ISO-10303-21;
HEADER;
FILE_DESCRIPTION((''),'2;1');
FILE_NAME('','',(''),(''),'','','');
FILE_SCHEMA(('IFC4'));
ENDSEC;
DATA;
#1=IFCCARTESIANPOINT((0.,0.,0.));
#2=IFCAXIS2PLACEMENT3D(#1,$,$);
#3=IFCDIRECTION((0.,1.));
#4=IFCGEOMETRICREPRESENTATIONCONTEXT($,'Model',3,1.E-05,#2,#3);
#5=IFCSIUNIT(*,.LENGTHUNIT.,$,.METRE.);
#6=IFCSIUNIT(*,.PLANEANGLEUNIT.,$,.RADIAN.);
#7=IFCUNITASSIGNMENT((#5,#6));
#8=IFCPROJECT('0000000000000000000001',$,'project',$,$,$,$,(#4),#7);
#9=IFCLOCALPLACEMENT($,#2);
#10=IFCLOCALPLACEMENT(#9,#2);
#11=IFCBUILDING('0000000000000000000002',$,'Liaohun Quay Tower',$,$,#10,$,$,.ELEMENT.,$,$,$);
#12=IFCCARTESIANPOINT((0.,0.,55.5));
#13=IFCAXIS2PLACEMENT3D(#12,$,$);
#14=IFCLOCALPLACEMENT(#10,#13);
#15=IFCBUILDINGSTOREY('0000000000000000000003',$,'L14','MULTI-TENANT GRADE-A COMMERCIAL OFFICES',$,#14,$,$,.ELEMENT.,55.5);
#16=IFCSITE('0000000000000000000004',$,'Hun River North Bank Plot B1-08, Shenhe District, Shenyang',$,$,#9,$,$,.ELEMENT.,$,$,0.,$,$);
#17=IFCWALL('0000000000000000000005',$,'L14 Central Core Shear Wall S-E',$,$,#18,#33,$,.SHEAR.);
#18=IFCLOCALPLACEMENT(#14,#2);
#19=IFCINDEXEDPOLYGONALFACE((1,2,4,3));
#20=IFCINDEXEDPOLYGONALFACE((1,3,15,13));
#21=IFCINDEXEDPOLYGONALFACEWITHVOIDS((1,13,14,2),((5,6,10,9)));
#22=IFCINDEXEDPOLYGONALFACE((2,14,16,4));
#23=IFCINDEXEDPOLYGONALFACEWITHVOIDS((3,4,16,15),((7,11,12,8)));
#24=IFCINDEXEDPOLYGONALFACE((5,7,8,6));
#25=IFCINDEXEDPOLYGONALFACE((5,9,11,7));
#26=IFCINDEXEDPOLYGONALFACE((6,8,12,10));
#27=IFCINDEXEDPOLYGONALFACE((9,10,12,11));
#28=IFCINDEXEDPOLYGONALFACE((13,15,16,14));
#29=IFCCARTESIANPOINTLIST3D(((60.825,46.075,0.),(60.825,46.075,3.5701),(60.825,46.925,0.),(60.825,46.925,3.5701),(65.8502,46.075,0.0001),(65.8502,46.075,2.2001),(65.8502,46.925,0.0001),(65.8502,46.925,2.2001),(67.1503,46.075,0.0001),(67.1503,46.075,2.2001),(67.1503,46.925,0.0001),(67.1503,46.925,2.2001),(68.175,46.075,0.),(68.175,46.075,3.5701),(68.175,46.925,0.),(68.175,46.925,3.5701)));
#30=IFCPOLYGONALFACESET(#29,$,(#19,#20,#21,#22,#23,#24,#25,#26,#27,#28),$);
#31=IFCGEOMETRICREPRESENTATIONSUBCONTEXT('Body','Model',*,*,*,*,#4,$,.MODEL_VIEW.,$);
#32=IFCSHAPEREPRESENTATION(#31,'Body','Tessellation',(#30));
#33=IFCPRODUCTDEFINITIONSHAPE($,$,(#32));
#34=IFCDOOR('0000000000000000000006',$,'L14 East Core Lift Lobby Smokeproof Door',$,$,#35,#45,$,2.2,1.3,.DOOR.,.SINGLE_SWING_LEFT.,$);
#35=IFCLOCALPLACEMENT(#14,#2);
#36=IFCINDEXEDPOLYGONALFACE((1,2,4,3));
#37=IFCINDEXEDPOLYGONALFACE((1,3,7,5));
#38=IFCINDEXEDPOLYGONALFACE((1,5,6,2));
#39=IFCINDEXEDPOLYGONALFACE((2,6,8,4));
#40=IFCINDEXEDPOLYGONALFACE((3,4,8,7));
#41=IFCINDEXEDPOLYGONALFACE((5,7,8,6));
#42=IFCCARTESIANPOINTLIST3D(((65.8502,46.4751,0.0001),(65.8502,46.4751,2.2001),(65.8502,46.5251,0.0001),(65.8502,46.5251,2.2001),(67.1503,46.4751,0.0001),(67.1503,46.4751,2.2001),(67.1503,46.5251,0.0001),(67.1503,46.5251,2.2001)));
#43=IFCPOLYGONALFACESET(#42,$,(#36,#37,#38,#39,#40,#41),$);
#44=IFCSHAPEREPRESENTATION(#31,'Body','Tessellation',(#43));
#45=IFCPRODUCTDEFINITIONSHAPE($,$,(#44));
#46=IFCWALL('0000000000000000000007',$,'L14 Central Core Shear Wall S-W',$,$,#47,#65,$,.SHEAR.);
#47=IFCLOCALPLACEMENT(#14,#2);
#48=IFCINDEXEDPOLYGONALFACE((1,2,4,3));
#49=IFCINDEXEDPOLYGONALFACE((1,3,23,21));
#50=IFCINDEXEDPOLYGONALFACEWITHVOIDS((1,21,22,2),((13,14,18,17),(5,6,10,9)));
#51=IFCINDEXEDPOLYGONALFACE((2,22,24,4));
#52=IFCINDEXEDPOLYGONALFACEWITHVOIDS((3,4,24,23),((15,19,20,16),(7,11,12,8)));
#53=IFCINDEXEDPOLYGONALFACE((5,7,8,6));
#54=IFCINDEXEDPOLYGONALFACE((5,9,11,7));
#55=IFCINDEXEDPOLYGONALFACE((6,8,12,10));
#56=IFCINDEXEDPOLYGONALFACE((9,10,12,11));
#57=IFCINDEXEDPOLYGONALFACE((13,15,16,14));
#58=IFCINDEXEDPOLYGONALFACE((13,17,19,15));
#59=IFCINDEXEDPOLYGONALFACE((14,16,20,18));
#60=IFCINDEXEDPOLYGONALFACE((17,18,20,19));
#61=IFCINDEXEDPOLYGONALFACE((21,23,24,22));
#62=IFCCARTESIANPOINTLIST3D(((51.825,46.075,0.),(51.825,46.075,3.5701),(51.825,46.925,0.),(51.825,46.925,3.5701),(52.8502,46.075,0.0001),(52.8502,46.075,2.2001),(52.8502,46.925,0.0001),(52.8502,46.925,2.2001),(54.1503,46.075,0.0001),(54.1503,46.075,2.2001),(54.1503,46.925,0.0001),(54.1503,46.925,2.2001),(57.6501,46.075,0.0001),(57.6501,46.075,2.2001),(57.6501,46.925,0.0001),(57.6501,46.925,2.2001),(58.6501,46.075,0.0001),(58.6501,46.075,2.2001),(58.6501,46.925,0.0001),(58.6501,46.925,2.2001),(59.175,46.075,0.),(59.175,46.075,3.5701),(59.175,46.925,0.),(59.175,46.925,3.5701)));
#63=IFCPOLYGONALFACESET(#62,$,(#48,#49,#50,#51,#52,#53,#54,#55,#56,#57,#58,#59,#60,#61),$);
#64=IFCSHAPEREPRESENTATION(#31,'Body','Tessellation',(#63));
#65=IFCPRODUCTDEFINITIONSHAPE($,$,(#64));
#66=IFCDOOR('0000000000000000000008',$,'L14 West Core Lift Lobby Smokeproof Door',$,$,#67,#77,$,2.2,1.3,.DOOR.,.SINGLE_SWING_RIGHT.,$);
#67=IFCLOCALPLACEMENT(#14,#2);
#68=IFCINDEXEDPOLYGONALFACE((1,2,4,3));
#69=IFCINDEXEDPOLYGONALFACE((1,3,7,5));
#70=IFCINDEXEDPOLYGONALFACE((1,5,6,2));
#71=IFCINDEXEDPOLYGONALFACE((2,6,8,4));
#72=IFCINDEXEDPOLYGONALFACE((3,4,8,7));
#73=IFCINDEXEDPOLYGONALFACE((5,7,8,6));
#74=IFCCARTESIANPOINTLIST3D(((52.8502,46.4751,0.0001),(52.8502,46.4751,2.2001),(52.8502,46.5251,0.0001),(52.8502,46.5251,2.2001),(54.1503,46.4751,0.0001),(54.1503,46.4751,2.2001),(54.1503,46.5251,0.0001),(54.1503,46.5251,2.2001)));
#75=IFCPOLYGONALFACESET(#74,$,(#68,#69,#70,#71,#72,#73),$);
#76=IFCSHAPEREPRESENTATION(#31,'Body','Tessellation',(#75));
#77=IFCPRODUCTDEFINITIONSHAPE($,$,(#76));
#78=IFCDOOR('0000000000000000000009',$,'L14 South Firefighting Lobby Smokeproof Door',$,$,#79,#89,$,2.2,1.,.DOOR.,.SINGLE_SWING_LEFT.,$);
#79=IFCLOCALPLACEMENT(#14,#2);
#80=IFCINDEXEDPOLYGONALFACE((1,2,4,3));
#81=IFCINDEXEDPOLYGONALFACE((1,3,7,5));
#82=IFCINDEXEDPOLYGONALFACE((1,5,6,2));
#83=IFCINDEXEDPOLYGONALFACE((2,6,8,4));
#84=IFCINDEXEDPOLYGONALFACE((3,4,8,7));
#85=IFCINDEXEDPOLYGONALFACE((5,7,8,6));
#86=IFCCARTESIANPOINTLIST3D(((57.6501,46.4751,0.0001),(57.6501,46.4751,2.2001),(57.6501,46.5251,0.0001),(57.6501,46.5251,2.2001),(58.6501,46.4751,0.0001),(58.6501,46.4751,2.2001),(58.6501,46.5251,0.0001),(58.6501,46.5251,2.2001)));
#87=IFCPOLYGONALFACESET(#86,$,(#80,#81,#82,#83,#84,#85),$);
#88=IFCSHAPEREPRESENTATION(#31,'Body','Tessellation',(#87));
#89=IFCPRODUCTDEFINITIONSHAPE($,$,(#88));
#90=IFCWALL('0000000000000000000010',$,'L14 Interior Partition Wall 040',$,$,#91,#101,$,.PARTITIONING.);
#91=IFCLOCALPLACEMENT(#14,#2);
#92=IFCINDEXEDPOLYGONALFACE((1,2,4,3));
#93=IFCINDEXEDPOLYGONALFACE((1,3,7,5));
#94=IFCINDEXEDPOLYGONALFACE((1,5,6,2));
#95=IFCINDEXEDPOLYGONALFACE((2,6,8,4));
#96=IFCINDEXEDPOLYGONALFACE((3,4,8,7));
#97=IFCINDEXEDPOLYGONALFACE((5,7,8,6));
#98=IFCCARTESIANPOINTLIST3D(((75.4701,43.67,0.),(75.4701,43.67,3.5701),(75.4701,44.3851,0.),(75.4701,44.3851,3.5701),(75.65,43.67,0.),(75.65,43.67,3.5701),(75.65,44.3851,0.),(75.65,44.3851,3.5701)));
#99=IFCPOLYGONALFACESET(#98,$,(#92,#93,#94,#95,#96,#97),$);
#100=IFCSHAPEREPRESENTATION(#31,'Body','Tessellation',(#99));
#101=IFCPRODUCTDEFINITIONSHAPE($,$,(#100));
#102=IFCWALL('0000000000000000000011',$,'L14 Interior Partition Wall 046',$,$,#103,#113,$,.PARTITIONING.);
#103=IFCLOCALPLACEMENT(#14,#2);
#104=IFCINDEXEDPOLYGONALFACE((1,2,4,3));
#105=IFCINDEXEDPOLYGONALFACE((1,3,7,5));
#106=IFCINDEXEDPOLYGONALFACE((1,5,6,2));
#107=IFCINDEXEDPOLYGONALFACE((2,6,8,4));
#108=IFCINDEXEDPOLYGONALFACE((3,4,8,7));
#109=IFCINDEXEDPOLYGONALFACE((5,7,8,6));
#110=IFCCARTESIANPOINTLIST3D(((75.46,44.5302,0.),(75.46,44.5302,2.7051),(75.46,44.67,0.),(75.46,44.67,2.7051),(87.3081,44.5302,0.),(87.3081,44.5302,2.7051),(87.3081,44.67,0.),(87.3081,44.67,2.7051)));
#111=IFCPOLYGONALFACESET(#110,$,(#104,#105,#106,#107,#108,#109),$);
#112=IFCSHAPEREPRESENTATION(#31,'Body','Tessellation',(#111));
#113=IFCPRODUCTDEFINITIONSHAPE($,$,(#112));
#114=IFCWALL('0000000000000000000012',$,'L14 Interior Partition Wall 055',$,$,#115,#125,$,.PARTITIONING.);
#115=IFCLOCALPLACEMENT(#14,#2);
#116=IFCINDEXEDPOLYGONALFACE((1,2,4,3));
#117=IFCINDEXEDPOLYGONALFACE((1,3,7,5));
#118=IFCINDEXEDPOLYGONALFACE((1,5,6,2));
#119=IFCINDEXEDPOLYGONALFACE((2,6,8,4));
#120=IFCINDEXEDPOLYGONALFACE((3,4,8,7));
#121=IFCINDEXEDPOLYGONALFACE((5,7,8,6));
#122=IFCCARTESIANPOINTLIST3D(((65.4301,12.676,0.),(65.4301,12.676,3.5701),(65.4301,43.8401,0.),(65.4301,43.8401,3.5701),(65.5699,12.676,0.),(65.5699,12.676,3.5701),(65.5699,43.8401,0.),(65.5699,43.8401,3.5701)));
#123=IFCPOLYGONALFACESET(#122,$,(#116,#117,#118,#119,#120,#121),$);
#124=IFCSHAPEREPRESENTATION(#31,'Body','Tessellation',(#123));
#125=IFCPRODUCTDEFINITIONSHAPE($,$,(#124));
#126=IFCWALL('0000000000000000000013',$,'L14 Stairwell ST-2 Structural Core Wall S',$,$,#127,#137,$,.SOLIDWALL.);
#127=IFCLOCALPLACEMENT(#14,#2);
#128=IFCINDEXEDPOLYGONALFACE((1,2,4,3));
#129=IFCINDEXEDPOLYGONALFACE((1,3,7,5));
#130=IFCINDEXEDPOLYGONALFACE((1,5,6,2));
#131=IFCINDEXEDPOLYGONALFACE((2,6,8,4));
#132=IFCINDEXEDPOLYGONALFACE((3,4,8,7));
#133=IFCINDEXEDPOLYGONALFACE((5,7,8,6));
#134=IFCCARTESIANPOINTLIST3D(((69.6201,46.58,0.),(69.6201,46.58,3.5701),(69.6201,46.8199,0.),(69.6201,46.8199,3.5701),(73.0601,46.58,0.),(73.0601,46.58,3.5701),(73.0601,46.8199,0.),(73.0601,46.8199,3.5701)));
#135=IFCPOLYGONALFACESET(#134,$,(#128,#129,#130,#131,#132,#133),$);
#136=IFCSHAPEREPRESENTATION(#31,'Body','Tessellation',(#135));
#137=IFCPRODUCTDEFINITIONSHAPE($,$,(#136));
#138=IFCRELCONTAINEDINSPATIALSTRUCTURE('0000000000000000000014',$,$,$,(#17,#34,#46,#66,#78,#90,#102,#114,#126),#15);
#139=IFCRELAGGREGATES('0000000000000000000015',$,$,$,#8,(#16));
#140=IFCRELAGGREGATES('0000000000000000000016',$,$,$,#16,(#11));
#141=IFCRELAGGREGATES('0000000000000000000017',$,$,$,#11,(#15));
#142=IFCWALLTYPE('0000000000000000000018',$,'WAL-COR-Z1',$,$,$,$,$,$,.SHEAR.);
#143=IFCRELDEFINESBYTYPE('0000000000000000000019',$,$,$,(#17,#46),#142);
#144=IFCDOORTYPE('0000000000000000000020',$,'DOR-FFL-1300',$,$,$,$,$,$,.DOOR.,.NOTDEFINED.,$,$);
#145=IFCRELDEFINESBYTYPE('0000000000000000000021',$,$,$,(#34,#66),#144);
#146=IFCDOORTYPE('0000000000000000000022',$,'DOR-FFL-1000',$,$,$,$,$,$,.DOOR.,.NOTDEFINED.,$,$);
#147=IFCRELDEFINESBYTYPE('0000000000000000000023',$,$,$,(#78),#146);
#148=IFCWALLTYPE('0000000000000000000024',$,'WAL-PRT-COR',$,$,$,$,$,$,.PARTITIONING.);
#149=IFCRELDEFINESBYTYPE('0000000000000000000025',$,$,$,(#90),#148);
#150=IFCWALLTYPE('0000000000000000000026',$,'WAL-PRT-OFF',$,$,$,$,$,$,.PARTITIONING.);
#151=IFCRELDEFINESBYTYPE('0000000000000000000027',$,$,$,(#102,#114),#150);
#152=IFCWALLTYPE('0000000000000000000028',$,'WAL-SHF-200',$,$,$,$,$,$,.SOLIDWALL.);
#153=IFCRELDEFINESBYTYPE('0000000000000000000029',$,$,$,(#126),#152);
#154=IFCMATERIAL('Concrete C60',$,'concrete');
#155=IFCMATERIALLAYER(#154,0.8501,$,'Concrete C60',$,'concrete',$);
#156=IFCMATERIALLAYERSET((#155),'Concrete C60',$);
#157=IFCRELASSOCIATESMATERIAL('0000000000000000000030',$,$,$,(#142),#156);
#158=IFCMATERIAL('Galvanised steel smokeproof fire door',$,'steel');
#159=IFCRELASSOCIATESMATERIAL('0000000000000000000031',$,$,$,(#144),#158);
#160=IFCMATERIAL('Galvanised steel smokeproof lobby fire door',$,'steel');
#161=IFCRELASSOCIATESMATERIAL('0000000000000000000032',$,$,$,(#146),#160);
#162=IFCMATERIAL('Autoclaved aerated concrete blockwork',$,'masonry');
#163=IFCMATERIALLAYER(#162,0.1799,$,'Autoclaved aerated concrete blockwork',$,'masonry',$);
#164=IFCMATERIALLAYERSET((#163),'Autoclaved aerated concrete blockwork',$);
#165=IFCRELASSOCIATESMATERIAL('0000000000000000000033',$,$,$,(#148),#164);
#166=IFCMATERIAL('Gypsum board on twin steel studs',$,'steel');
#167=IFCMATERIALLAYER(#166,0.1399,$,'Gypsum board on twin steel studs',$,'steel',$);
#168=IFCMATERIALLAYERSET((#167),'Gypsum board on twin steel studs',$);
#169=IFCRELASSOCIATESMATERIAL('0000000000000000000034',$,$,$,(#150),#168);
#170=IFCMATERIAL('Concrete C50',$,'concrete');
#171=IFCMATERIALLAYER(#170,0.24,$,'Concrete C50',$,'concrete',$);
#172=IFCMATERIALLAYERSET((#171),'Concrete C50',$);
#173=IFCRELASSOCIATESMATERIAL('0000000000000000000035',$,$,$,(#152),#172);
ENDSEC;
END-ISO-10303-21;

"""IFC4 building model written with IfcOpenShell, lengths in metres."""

from ifc_helpers import new_model, si_unit, direction, frame, frame_2d, origin, place, context, subcontext, project, spatial, rectangle, extrude, source, transform, mapped, material, layer, layer_set, type_object, element, fill, save


model = new_model("IFC4")

# Units and contexts
model_context = context("Model", 3, precision=1e-05, world=origin(), true_north=direction((0.0, 1.0)))
body_context = subcontext(model_context, "Body", "Model", "MODEL_VIEW")
ifc_project = project(units=[si_unit("LENGTHUNIT", "METRE"), si_unit("PLANEANGLEUNIT", "RADIAN")], contexts=[model_context])

# Site, building, storey
site_placement = place(None, origin())
site = spatial("IfcSite", under=ifc_project, at=site_placement, Name="Hun River North Bank Plot B1-08, Shenhe District, Shenyang", CompositionType="ELEMENT", RefElevation=0.0)
building_placement = place(site_placement, origin())
building = spatial("IfcBuilding", under=site, at=building_placement, Name="Liaohun Quay Tower", CompositionType="ELEMENT")
storey_placement = place(building_placement, frame((0.0, 0.0, 55.5)))
storey = spatial("IfcBuildingStorey", under=building, at=storey_placement, Name="L14", Description="MULTI-TENANT GRADE-A COMMERCIAL OFFICES", CompositionType="ELEMENT", Elevation=55.5)

# Shared definitions
ifc_material_1 = material(Name="Concrete C60", Category="concrete")

# Wall, opening, door
ifc_layer_1 = layer(ifc_material_1, 0.8501, Name="Concrete C60", Category="concrete")
ifc_layer_set_1 = layer_set([ifc_layer_1], Name="Concrete C60")
wall_type_1 = type_object("IfcWallType", Name="WAL-COR-Z1", PredefinedType="SHEAR", material=ifc_layer_set_1)
wall_1_placement = place(storey_placement, frame((68.175, 46.5, 0.0), z_axis=(0.0, 0.0, 1.0), x_axis=(-1.0, 0.0, 0.0)))
wall_1 = element("IfcWall", 1, at=wall_1_placement, inside=storey, type_object=wall_type_1, Name="L14 Central Core Shear Wall S-E", PredefinedType="SHEAR", context=body_context, shape_type="SweptSolid", body=[
    extrude(rectangle(XDim=7.3501, YDim=0.8501, at=frame_2d((3.675, 0.0))), origin(), (0.0, 0.0, 1.0), 3.5701),
])
shared_shape_1 = source(origin(), body_context, "Body", "SweptSolid", [
    extrude(rectangle(XDim=1.3, YDim=2.2, at=frame_2d((0.6499, 1.1001))), frame((0.0, 0.4351, 0.0), z_axis=(0.0, -1.0, 0.0), x_axis=(1.0, 0.0, 0.0)), (0.0, 0.0, 1.0), 0.8701),
])
opening_1_placement = place(wall_1_placement, frame((1.0249, 0.0, 0.0)))
opening_1 = element("IfcOpeningElement", 2, at=opening_1_placement, cuts=wall_1, PredefinedType="OPENING", context=body_context, shape_type="MappedRepresentation", body=[
    mapped(shared_shape_1, transform((0.0, 0.0, 0.0), x_axis=(1.0, 0.0, 0.0), y_axis=(0.0, 1.0, 0.0), z_axis=(0.0, 0.0, 1.0), scale=1.0)),
])
ifc_material_2 = material(Name="Galvanised steel smokeproof fire door", Category="steel")
door_type_1 = type_object("IfcDoorType", Name="DOR-FFL-1300", OperationType="NOTDEFINED", PredefinedType="DOOR", material=ifc_material_2)
shared_shape_2 = source(origin(), body_context, "Body", "SweptSolid", [
    extrude(rectangle(XDim=1.3, YDim=2.2, at=frame_2d((0.6499, 1.1001))), frame((0.0, 0.0249, 0.0), z_axis=(0.0, -1.0, 0.0), x_axis=(1.0, 0.0, 0.0)), (0.0, 0.0, 1.0), 0.05),
])
door_1_placement = place(opening_1_placement, origin())
door_1 = element("IfcDoor", 3, at=door_1_placement, inside=storey, type_object=door_type_1, Name="L14 East Core Lift Lobby Smokeproof Door", OperationType="SINGLE_SWING_LEFT", OverallHeight=2.2, OverallWidth=1.3, PredefinedType="DOOR", context=body_context, shape_type="MappedRepresentation", body=[
    mapped(shared_shape_2, transform((0.0, 0.0, 0.0), x_axis=(1.0, 0.0, 0.0), y_axis=(0.0, 1.0, 0.0), z_axis=(0.0, 0.0, 1.0), scale=1.0)),
])
fill(opening_1, door_1)

# Wall, openings, doors
wall_2_placement = place(storey_placement, frame((59.175, 46.5, 0.0), z_axis=(0.0, 0.0, 1.0), x_axis=(-1.0, 0.0, 0.0)))
wall_2 = element("IfcWall", 4, at=wall_2_placement, inside=storey, type_object=wall_type_1, Name="L14 Central Core Shear Wall S-W", PredefinedType="SHEAR", context=body_context, shape_type="SweptSolid", body=[
    extrude(rectangle(XDim=7.3501, YDim=0.8501, at=frame_2d((3.675, 0.0))), origin(), (0.0, 0.0, 1.0), 3.5701),
])
opening_2_placement = place(wall_2_placement, frame((5.0249, 0.0, 0.0)))
opening_2 = element("IfcOpeningElement", 5, at=opening_2_placement, cuts=wall_2, PredefinedType="OPENING", context=body_context, shape_type="MappedRepresentation", body=[
    mapped(shared_shape_1, transform((0.0, 0.0, 0.0), x_axis=(1.0, 0.0, 0.0), y_axis=(0.0, 1.0, 0.0), z_axis=(0.0, 0.0, 1.0), scale=1.0)),
])
shared_shape_3 = source(origin(), body_context, "Body", "SweptSolid", [
    extrude(rectangle(XDim=1.0, YDim=2.2, at=frame_2d((0.5, 1.1001))), frame((0.0, 0.4351, 0.0), z_axis=(0.0, -1.0, 0.0), x_axis=(1.0, 0.0, 0.0)), (0.0, 0.0, 1.0), 0.8701),
])
opening_3_placement = place(wall_2_placement, frame((0.5249, 0.0, 0.0)))
opening_3 = element("IfcOpeningElement", 6, at=opening_3_placement, cuts=wall_2, PredefinedType="OPENING", context=body_context, shape_type="MappedRepresentation", body=[
    mapped(shared_shape_3, transform((0.0, 0.0, 0.0), x_axis=(1.0, 0.0, 0.0), y_axis=(0.0, 1.0, 0.0), z_axis=(0.0, 0.0, 1.0), scale=1.0)),
])
door_2_placement = place(opening_2_placement, origin())
door_2 = element("IfcDoor", 7, at=door_2_placement, inside=storey, type_object=door_type_1, Name="L14 West Core Lift Lobby Smokeproof Door", OperationType="SINGLE_SWING_RIGHT", OverallHeight=2.2, OverallWidth=1.3, PredefinedType="DOOR", context=body_context, shape_type="MappedRepresentation", body=[
    mapped(shared_shape_2, transform((0.0, 0.0, 0.0), x_axis=(1.0, 0.0, 0.0), y_axis=(0.0, 1.0, 0.0), z_axis=(0.0, 0.0, 1.0), scale=1.0)),
])
fill(opening_2, door_2)
ifc_material_3 = material(Name="Galvanised steel smokeproof lobby fire door", Category="steel")
door_type_2 = type_object("IfcDoorType", Name="DOR-FFL-1000", OperationType="NOTDEFINED", PredefinedType="DOOR", material=ifc_material_3)
shared_shape_4 = source(origin(), body_context, "Body", "SweptSolid", [
    extrude(rectangle(XDim=1.0, YDim=2.2, at=frame_2d((0.5, 1.1001))), frame((0.0, 0.0249, 0.0), z_axis=(0.0, -1.0, 0.0), x_axis=(1.0, 0.0, 0.0)), (0.0, 0.0, 1.0), 0.05),
])
door_3_placement = place(opening_3_placement, origin())
door_3 = element("IfcDoor", 8, at=door_3_placement, inside=storey, type_object=door_type_2, Name="L14 South Firefighting Lobby Smokeproof Door", OperationType="SINGLE_SWING_LEFT", OverallHeight=2.2, OverallWidth=1.0, PredefinedType="DOOR", context=body_context, shape_type="MappedRepresentation", body=[
    mapped(shared_shape_4, transform((0.0, 0.0, 0.0), x_axis=(1.0, 0.0, 0.0), y_axis=(0.0, 1.0, 0.0), z_axis=(0.0, 0.0, 1.0), scale=1.0)),
])
fill(opening_3, door_3)

# Walls
ifc_material_4 = material(Name="Autoclaved aerated concrete blockwork", Category="masonry")
ifc_layer_2 = layer(ifc_material_4, 0.1799, Name="Autoclaved aerated concrete blockwork", Category="masonry")
ifc_layer_set_2 = layer_set([ifc_layer_2], Name="Autoclaved aerated concrete blockwork")
wall_type_2 = type_object("IfcWallType", Name="WAL-PRT-COR", PredefinedType="PARTITIONING", material=ifc_layer_set_2)
wall_3_placement = place(storey_placement, frame((75.5601, 44.385, 0.0), z_axis=(0.0, 0.0, 1.0), x_axis=(0.0, -1.0, 0.0)))
element("IfcWall", 9, at=wall_3_placement, inside=storey, type_object=wall_type_2, Name="L14 Interior Partition Wall 040", PredefinedType="PARTITIONING", context=body_context, shape_type="SweptSolid", body=[
    extrude(rectangle(XDim=0.7151, YDim=0.1799, at=frame_2d((0.3574, 0.0))), origin(), (0.0, 0.0, 1.0), 3.5701),
])
ifc_material_5 = material(Name="Gypsum board on twin steel studs", Category="steel")
ifc_layer_3 = layer(ifc_material_5, 0.1399, Name="Gypsum board on twin steel studs", Category="steel")
ifc_layer_set_3 = layer_set([ifc_layer_3], Name="Gypsum board on twin steel studs")
wall_type_3 = type_object("IfcWallType", Name="WAL-PRT-OFF", PredefinedType="PARTITIONING", material=ifc_layer_set_3)
wall_4_placement = place(storey_placement, frame((75.46, 44.6001, 0.0), z_axis=(0.0, 0.0, 1.0), x_axis=(1.0, 0.0, 0.0)))
element("IfcWall", 10, at=wall_4_placement, inside=storey, type_object=wall_type_3, Name="L14 Interior Partition Wall 046", PredefinedType="PARTITIONING", context=body_context, shape_type="SweptSolid", body=[
    extrude(rectangle(XDim=11.8481, YDim=0.1399, at=frame_2d((5.9241, 0.0))), origin(), (0.0, 0.0, 1.0), 2.7051),
])
wall_5_placement = place(storey_placement, frame((65.5, 43.8401, 0.0), z_axis=(0.0, 0.0, 1.0), x_axis=(0.0, -1.0, 0.0)))
element("IfcWall", 11, at=wall_5_placement, inside=storey, type_object=wall_type_3, Name="L14 Interior Partition Wall 055", PredefinedType="PARTITIONING", context=body_context, shape_type="SweptSolid", body=[
    extrude(rectangle(XDim=31.1641, YDim=0.1399, at=frame_2d((15.582, 0.0))), origin(), (0.0, 0.0, 1.0), 3.5701),
])
ifc_material_6 = material(Name="Concrete C50", Category="concrete")
ifc_layer_4 = layer(ifc_material_6, 0.24, Name="Concrete C50", Category="concrete")
ifc_layer_set_4 = layer_set([ifc_layer_4], Name="Concrete C50")
wall_type_4 = type_object("IfcWallType", Name="WAL-SHF-200", PredefinedType="SOLIDWALL", material=ifc_layer_set_4)
wall_6_placement = place(storey_placement, frame((69.6201, 46.7, 0.0), z_axis=(0.0, 0.0, 1.0), x_axis=(1.0, 0.0, 0.0)))
element("IfcWall", 12, at=wall_6_placement, inside=storey, type_object=wall_type_4, Name="L14 Stairwell ST-2 Structural Core Wall S", PredefinedType="SOLIDWALL", context=body_context, shape_type="SweptSolid", body=[
    extrude(rectangle(XDim=3.4399, YDim=0.24, at=frame_2d((1.72, 0.0))), origin(), (0.0, 0.0, 1.0), 3.5701),
])

save(model, "model.ifc")
